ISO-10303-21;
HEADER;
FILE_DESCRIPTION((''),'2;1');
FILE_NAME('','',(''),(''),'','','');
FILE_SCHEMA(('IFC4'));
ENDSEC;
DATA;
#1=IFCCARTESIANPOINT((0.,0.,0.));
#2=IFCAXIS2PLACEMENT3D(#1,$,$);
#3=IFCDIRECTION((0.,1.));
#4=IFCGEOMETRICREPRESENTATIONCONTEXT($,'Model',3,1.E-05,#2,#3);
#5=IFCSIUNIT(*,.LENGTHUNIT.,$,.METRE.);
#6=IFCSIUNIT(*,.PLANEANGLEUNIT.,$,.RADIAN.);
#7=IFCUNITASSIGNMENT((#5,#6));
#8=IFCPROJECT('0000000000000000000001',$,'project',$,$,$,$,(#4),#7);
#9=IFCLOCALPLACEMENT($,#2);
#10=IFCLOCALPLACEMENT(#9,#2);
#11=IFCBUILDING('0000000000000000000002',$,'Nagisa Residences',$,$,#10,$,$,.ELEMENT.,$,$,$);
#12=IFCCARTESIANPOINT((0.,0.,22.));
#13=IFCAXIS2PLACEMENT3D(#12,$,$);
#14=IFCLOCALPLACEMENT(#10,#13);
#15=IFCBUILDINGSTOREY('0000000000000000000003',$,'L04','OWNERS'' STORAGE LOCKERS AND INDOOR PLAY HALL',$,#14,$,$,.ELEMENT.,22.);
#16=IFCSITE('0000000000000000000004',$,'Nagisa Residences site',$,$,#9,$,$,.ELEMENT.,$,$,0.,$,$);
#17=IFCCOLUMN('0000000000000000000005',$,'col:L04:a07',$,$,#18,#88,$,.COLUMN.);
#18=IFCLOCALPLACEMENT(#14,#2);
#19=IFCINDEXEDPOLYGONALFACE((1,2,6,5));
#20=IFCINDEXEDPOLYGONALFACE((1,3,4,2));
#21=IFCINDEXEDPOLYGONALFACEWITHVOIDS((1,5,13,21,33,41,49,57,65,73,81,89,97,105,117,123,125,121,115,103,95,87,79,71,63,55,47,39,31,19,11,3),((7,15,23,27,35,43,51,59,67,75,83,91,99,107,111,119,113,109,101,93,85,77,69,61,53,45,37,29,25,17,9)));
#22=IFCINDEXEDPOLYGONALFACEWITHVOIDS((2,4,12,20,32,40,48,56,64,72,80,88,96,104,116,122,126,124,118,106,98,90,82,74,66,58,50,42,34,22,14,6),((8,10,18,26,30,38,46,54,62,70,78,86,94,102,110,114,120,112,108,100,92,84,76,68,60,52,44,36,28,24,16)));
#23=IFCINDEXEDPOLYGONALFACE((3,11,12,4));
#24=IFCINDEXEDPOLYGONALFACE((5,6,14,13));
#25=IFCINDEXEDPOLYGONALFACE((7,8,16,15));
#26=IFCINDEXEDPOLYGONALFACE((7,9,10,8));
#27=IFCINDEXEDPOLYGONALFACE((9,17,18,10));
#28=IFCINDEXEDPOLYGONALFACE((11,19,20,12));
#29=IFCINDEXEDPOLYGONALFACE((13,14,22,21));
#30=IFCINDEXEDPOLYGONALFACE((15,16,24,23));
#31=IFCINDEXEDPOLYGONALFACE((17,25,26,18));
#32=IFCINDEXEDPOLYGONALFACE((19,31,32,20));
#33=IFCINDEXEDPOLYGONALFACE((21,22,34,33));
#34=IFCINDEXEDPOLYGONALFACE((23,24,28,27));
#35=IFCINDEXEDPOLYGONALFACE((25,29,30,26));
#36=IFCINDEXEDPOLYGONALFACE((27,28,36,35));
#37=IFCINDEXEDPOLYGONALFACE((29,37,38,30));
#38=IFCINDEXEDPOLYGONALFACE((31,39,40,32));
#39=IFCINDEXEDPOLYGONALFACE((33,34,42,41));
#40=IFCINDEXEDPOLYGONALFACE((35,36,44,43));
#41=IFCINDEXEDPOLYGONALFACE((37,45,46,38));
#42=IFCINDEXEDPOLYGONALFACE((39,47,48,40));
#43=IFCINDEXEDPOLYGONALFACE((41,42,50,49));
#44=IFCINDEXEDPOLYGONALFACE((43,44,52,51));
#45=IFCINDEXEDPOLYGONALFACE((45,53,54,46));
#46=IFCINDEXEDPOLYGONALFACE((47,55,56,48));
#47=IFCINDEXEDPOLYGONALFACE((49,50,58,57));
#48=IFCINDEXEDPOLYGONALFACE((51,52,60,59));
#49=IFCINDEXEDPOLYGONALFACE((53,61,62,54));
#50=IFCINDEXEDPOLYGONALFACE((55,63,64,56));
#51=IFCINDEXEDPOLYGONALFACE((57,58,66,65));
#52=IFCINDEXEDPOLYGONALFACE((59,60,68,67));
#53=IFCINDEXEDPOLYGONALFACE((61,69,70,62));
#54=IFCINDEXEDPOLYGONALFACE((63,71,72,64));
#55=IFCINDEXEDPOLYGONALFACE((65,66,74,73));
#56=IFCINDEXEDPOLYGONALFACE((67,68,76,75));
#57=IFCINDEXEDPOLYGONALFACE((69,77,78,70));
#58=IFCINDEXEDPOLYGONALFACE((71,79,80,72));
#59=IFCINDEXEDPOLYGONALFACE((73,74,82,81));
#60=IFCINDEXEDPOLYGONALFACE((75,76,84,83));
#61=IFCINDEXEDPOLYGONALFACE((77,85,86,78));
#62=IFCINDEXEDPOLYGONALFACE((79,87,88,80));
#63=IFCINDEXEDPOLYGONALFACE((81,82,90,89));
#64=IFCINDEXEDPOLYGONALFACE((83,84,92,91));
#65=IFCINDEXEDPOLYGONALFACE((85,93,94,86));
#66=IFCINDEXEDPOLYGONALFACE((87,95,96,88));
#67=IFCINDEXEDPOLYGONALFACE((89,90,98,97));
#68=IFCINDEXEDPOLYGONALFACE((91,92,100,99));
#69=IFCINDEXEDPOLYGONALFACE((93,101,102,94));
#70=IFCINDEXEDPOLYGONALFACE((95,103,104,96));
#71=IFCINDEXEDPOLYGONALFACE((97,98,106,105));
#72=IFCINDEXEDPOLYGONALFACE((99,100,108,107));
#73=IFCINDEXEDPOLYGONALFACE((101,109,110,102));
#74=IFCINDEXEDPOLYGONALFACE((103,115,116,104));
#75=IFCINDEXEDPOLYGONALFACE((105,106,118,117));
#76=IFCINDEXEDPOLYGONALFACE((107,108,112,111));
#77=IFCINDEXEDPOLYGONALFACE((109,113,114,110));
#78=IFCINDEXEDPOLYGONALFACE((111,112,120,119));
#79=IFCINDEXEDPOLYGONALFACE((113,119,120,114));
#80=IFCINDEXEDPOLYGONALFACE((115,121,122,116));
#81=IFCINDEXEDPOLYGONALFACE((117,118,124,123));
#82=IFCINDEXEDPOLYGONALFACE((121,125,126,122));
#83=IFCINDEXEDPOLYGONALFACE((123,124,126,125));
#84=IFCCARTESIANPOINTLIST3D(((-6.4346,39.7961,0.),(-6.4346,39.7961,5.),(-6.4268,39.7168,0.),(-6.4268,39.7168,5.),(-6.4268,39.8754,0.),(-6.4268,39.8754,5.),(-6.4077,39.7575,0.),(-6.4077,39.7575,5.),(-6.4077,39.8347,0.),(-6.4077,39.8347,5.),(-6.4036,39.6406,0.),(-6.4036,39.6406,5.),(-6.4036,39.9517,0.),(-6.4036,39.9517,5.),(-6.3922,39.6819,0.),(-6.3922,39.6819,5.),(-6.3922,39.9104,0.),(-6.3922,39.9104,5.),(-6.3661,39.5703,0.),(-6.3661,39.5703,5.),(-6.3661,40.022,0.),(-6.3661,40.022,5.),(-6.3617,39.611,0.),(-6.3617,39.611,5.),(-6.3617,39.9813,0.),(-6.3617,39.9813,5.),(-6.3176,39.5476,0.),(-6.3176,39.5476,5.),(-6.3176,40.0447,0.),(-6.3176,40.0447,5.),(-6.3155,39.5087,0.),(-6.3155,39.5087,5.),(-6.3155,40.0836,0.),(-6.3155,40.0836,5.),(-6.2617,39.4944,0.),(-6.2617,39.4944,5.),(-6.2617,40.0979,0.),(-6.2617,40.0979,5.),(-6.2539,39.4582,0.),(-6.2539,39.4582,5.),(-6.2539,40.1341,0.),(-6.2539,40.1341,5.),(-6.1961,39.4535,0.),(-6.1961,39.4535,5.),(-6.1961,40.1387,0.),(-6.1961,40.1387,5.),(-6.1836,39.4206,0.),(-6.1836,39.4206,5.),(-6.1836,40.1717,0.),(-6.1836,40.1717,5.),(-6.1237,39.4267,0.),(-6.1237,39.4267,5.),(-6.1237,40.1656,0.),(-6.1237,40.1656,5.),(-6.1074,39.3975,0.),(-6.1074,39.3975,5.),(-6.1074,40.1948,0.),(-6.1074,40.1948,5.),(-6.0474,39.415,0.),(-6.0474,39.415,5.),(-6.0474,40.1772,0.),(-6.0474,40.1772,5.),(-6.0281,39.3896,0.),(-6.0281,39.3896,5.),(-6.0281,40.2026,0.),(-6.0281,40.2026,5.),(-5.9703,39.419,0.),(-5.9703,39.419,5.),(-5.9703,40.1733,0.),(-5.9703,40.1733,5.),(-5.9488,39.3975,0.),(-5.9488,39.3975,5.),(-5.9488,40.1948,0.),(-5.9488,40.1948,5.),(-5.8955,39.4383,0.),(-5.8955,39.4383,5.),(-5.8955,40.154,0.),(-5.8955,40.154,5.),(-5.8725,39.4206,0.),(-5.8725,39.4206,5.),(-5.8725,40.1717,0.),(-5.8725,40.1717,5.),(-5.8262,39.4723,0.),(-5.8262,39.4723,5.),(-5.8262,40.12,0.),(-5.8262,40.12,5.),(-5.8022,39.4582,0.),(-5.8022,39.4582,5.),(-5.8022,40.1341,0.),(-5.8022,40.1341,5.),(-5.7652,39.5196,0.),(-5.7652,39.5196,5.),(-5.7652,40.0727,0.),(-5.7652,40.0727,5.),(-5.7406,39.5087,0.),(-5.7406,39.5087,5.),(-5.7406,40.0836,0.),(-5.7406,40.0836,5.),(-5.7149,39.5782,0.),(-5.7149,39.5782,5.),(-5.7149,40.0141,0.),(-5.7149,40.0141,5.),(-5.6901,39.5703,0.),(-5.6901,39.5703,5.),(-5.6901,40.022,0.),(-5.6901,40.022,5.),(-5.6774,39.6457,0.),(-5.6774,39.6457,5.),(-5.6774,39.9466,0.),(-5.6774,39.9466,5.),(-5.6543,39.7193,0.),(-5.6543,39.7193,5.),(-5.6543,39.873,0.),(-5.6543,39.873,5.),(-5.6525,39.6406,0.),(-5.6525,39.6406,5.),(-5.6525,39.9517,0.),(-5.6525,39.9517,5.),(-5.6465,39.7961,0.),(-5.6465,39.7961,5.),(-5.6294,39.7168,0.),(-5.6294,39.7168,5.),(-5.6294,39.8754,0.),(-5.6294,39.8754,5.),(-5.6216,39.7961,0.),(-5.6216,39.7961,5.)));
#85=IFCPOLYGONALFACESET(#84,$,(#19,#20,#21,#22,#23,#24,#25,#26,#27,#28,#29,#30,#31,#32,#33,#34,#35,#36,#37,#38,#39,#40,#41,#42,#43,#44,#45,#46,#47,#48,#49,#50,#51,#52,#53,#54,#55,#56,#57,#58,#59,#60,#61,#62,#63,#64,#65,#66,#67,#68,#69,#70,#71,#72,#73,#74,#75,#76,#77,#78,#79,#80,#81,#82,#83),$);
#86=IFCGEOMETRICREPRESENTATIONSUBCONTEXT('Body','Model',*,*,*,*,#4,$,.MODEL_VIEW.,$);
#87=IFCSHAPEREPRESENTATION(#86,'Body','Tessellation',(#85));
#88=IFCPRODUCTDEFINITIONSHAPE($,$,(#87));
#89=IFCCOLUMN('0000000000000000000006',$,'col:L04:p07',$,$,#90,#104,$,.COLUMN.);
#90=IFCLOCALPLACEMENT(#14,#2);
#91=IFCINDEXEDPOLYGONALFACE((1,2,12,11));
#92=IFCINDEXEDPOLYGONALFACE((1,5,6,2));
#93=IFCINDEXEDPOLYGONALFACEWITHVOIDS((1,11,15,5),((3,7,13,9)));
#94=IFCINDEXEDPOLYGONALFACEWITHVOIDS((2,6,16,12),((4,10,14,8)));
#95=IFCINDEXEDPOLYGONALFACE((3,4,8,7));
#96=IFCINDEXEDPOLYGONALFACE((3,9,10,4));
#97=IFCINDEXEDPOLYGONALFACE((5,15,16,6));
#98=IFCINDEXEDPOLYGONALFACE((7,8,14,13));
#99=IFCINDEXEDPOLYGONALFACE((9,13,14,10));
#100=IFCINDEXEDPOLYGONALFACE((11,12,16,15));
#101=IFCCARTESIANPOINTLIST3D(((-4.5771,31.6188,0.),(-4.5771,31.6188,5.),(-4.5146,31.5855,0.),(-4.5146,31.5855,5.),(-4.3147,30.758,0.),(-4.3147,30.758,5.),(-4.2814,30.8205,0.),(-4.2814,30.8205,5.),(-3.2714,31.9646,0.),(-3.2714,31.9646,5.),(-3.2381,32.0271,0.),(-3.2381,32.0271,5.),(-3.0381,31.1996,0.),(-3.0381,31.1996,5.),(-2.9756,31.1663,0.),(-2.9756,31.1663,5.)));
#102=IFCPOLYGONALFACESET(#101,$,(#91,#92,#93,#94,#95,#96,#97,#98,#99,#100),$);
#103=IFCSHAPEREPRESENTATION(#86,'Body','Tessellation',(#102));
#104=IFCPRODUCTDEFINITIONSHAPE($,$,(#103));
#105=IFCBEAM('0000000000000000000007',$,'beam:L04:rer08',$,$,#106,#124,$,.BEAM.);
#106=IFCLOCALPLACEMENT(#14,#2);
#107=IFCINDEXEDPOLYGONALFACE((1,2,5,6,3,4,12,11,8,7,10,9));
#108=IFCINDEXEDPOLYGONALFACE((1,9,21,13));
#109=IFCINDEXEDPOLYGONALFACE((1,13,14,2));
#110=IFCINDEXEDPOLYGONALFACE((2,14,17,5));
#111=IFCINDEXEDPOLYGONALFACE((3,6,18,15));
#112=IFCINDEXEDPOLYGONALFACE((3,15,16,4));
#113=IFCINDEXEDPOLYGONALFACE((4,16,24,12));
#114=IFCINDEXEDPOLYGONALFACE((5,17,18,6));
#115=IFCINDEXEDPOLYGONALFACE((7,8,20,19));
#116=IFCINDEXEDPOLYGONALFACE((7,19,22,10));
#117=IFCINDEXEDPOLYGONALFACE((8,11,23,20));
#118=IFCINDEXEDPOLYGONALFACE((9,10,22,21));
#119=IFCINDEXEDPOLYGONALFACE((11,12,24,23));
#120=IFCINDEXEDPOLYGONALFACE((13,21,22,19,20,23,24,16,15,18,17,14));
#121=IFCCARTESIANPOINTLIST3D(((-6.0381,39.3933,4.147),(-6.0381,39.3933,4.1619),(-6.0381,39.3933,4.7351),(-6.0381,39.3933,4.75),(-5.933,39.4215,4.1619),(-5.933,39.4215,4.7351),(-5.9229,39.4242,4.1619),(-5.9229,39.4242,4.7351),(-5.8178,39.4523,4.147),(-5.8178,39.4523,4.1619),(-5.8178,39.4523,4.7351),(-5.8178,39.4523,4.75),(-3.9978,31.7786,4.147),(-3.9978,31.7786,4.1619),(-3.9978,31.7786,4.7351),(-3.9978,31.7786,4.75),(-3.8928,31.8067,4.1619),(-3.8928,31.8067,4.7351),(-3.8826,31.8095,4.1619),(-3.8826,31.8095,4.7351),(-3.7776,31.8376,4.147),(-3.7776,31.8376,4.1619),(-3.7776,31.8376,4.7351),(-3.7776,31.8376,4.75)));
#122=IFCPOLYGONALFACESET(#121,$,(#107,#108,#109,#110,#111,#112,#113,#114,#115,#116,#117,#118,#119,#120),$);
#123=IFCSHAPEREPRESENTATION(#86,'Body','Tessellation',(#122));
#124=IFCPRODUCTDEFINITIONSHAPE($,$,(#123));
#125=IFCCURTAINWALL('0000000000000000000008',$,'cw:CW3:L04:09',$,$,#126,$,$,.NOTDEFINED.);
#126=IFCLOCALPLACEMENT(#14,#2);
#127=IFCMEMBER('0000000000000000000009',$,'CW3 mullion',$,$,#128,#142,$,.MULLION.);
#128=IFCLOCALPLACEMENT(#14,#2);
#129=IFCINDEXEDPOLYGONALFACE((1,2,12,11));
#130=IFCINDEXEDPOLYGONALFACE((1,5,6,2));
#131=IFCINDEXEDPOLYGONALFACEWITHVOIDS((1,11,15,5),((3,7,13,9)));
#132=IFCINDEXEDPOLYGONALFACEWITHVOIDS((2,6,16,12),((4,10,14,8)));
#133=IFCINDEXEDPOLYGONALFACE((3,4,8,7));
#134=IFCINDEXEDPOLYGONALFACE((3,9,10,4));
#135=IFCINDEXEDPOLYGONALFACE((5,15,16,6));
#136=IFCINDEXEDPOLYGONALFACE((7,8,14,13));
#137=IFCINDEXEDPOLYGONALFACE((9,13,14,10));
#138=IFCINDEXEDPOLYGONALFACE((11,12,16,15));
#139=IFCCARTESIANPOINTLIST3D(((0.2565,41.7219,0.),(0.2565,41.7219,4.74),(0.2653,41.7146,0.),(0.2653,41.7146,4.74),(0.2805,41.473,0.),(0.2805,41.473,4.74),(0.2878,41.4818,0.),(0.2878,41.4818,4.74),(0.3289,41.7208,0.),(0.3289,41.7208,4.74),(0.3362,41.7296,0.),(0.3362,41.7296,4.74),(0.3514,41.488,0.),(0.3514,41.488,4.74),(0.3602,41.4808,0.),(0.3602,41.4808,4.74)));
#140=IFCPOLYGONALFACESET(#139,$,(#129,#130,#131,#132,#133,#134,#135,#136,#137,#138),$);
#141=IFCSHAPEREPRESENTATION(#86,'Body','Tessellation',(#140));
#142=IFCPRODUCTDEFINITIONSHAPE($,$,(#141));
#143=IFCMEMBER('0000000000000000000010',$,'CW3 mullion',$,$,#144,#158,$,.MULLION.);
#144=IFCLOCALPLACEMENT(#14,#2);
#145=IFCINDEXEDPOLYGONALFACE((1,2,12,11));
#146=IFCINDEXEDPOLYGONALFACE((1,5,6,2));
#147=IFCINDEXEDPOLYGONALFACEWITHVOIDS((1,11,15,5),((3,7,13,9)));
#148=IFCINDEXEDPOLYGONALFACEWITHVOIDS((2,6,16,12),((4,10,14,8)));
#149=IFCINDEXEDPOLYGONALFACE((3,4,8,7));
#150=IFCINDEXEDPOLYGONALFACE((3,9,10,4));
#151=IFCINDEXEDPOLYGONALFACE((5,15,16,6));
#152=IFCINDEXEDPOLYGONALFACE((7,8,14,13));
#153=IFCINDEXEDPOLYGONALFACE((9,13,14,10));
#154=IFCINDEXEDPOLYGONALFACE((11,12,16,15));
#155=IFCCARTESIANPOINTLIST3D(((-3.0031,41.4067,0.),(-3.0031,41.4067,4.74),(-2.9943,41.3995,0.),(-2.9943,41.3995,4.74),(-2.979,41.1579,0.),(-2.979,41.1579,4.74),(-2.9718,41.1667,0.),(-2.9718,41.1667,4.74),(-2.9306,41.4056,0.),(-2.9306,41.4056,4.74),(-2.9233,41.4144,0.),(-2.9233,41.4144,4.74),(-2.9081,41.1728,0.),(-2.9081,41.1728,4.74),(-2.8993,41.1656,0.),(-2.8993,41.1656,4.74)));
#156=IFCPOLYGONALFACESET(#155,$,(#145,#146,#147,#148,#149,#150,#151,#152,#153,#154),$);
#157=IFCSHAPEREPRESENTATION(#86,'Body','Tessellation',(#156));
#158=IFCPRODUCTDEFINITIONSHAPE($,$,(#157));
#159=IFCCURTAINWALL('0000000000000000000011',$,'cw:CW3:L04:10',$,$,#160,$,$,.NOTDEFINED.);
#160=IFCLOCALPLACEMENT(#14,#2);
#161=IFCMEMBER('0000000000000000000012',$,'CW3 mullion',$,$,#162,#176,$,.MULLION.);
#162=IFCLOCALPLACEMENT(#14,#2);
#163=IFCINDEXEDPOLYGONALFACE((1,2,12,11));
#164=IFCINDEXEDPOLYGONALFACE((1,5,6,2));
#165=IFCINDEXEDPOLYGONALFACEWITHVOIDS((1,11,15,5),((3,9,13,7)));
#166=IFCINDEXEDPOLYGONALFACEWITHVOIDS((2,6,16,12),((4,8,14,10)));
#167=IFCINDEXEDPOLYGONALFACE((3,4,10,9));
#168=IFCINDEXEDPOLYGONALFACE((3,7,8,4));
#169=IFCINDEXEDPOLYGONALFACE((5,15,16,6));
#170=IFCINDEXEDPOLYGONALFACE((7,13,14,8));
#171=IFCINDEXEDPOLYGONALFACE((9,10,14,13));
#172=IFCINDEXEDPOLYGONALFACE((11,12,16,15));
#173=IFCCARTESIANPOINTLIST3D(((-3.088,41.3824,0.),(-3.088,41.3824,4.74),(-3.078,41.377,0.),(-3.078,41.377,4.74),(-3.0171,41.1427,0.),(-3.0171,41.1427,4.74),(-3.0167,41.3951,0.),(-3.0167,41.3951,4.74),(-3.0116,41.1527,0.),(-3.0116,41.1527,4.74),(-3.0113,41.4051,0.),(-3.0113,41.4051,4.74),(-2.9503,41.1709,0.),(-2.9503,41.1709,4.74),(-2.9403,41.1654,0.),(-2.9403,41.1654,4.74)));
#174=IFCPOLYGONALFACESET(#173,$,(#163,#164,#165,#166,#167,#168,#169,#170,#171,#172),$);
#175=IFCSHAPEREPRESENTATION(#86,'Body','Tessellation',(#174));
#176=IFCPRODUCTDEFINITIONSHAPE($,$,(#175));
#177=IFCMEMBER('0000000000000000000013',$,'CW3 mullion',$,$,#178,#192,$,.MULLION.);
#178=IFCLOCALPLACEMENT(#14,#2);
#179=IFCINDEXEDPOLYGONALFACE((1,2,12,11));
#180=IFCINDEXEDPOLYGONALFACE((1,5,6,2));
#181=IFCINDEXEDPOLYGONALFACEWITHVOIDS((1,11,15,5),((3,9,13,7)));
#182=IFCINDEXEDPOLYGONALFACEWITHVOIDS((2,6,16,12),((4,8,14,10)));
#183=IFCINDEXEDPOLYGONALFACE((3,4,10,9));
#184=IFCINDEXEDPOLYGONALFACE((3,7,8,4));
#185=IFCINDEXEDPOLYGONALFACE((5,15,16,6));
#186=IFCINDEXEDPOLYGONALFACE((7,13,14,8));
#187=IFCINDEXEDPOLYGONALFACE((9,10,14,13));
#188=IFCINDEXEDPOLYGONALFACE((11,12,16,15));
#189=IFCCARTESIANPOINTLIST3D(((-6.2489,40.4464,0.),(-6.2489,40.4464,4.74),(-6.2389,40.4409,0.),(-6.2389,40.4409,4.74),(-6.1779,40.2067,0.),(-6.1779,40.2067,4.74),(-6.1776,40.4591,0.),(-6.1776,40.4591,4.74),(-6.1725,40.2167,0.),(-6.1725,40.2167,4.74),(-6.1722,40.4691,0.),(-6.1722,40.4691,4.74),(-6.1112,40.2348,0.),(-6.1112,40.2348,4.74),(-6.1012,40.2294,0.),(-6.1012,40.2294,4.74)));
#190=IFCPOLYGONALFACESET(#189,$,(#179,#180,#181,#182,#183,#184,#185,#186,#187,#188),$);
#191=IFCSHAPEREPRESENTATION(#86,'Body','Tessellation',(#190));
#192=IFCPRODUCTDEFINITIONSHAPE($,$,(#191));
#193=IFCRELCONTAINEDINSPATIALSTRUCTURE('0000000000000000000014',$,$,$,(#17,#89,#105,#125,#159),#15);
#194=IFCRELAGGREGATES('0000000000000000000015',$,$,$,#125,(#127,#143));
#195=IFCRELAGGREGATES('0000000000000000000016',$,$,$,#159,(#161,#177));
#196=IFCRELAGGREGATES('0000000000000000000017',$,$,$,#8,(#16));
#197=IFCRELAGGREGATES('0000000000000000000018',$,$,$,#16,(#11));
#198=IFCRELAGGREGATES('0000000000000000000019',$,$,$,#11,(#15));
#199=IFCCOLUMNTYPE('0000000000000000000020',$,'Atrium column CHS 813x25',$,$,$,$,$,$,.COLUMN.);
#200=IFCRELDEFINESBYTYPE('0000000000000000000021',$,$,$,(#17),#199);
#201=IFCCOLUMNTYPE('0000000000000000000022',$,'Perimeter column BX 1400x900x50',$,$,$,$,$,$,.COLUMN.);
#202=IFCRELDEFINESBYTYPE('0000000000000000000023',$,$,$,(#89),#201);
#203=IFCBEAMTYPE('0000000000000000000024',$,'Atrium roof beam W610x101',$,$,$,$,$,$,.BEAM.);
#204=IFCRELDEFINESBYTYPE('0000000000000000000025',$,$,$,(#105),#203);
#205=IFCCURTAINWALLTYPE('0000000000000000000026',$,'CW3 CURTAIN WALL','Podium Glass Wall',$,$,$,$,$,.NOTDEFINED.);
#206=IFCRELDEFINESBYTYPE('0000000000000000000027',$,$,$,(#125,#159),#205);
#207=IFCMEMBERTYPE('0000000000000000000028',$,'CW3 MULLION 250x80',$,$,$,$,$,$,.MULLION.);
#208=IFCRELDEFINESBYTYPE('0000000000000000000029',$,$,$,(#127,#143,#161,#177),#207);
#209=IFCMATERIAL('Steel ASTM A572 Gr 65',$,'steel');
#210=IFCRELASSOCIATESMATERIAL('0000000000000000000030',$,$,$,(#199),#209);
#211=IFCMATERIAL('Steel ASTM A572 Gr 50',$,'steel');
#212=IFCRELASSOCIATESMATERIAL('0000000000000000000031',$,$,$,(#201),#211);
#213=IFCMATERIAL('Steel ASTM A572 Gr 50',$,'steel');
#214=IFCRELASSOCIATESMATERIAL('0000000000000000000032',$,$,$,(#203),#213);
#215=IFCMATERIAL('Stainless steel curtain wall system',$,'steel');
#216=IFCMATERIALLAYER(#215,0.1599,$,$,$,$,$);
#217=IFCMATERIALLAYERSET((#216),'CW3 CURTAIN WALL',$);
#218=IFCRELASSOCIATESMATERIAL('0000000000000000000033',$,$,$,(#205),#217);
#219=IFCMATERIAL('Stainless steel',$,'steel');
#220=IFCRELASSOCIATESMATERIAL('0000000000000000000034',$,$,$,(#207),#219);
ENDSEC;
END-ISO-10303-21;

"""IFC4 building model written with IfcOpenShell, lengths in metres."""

from ifc_helpers import new_model, si_unit, direction, frame, origin, origin_2d, place, context, subcontext, project, spatial, hollow_rectangle, hollow_circle, i_section, extrude, material, layer, layer_set, material_profile, profile_set, type_object, element, aggregate, save


model = new_model("IFC4")

# Units and contexts
model_context = context("Model", 3, precision=1e-05, world=origin(), true_north=direction((0.0, 1.0)))
body_context = subcontext(model_context, "Body", "Model", "MODEL_VIEW")
ifc_project = project(units=[si_unit("LENGTHUNIT", "METRE"), si_unit("PLANEANGLEUNIT", "RADIAN")], contexts=[model_context])

# Site, building, storey
site_placement = place(None, origin())
site = spatial("IfcSite", under=ifc_project, at=site_placement, Name="Nagisa Residences site", CompositionType="ELEMENT", RefElevation=0.0)
building_placement = place(site_placement, origin())
building = spatial("IfcBuilding", under=site, at=building_placement, Name="Nagisa Residences", CompositionType="ELEMENT")
storey_placement = place(building_placement, frame((0.0, 0.0, 22.0)))
storey = spatial("IfcBuildingStorey", under=building, at=storey_placement, Name="L04", Description="OWNERS' STORAGE LOCKERS AND INDOOR PLAY HALL", CompositionType="ELEMENT", Elevation=22.0)

# Columns
ifc_material_1 = material(Name="Steel ASTM A572 Gr 65", Category="steel")
ifc_material_profile_1 = material_profile(ifc_material_1, hollow_circle(Radius=0.4065, WallThickness=0.0249, at=origin_2d()), Name="CHS 813x25")
ifc_profile_set_1 = profile_set([ifc_material_profile_1], Name="Steel ASTM A572 Gr 65")
column_type_1 = type_object("IfcColumnType", Name="Atrium column CHS 813x25", PredefinedType="COLUMN", material=ifc_profile_set_1)
column_1_placement = place(storey_placement, frame((-6.0281, 39.7961, 0.0), z_axis=(0.0, 0.0, 1.0), x_axis=(1.0, 0.0, 0.0)))
element("IfcColumn", 1, at=column_1_placement, inside=storey, type_object=column_type_1, Name="col:L04:a07", PredefinedType="COLUMN", context=body_context, shape_type="SweptSolid", body=[
    extrude(hollow_circle(Radius=0.4065, WallThickness=0.0249, at=origin_2d()), origin(), (0.0, 0.0, 1.0), 5.0),
])
ifc_material_2 = material(Name="Steel ASTM A572 Gr 50", Category="steel")
ifc_material_profile_2 = material_profile(ifc_material_2, hollow_rectangle(XDim=1.3999, YDim=0.8999, WallThickness=0.05, at=origin_2d()), Name="BX 1400x900x50")
ifc_profile_set_2 = profile_set([ifc_material_profile_2], Name="Steel ASTM A572 Gr 50")
column_type_2 = type_object("IfcColumnType", Name="Perimeter column BX 1400x900x50", PredefinedType="COLUMN", material=ifc_profile_set_2)
column_2_placement = place(storey_placement, frame((-3.7764, 31.3926, 0.0), z_axis=(0.0, 0.0, 1.0), x_axis=(-0.956525, -0.291652, 0.0)))
element("IfcColumn", 2, at=column_2_placement, inside=storey, type_object=column_type_2, Name="col:L04:p07", PredefinedType="COLUMN", context=body_context, shape_type="SweptSolid", body=[
    extrude(hollow_rectangle(XDim=1.3999, YDim=0.8999, WallThickness=0.05, at=origin_2d()), origin(), (0.0, 0.0, 1.0), 5.0),
])

# Beam
ifc_material_3 = material(Name="Steel ASTM A572 Gr 50", Category="steel")
ifc_material_profile_3 = material_profile(ifc_material_3, i_section(OverallWidth=0.228, OverallDepth=0.603, WebThickness=0.0105, FlangeThickness=0.0149, at=origin_2d()), Name="W610x101")
ifc_profile_set_3 = profile_set([ifc_material_profile_3], Name="Steel ASTM A572 Gr 50")
beam_type_1 = type_object("IfcBeamType", Name="Atrium roof beam W610x101", PredefinedType="BEAM", material=ifc_profile_set_3)
beam_1_placement = place(storey_placement, frame((-3.8877, 31.8081, 4.4485), z_axis=(-0.258809, 0.965928, 0.0), x_axis=(-0.965928, -0.258809, 0.0)))
element("IfcBeam", 3, at=beam_1_placement, inside=storey, type_object=beam_type_1, Name="beam:L04:rer08", PredefinedType="BEAM", context=body_context, shape_type="SweptSolid", body=[
    extrude(i_section(OverallWidth=0.228, OverallDepth=0.603, WebThickness=0.0105, FlangeThickness=0.0149, at=origin_2d()), origin(), (0.0, 0.0, 1.0), 7.8833),
])

# Curtain walls, members
ifc_material_4 = material(Name="Stainless steel curtain wall system", Category="steel")
ifc_layer_1 = layer(ifc_material_4, 0.1599)
ifc_layer_set_1 = layer_set([ifc_layer_1], Name="CW3 CURTAIN WALL")
curtain_wall_type_1 = type_object("IfcCurtainWallType", Name="CW3 CURTAIN WALL", Description="Podium Glass Wall", PredefinedType="NOTDEFINED", material=ifc_layer_set_1)
curtain_wall_1_placement = place(storey_placement, origin())
curtain_wall_1 = element("IfcCurtainWall", 4, at=curtain_wall_1_placement, inside=storey, type_object=curtain_wall_type_1, Name="cw:CW3:L04:09", PredefinedType="NOTDEFINED")
ifc_material_5 = material(Name="Stainless steel", Category="steel")
ifc_material_profile_4 = material_profile(ifc_material_5, hollow_rectangle(XDim=0.25, YDim=0.0801, WallThickness=0.0081, at=origin_2d()), Name="CW3 MULLION 250x80")
ifc_profile_set_4 = profile_set([ifc_material_profile_4], Name="Stainless steel")
member_type_1 = type_object("IfcMemberType", Name="CW3 MULLION 250x80", PredefinedType="MULLION", material=ifc_profile_set_4)
member_1_placement = place(storey_placement, frame((0.3083, 41.6013, 0.0), z_axis=(0.0, 0.0, 1.0), x_axis=(0.096249, -0.995357, 0.0)))
member_1 = element("IfcMember", 5, at=member_1_placement, type_object=member_type_1, Name="CW3 mullion", PredefinedType="MULLION", context=body_context, shape_type="SweptSolid", body=[
    extrude(hollow_rectangle(XDim=0.25, YDim=0.0801, WallThickness=0.0081, at=origin_2d()), origin(), (0.0, 0.0, 1.0), 4.74),
])
member_2_placement = place(storey_placement, frame((-2.9512, 41.2861, 0.0), z_axis=(0.0, 0.0, 1.0), x_axis=(0.096249, -0.995357, 0.0)))
member_2 = element("IfcMember", 6, at=member_2_placement, type_object=member_type_1, Name="CW3 mullion", PredefinedType="MULLION", context=body_context, shape_type="SweptSolid", body=[
    extrude(hollow_rectangle(XDim=0.25, YDim=0.0801, WallThickness=0.0081, at=origin_2d()), origin(), (0.0, 0.0, 1.0), 4.74),
])
curtain_wall_2_placement = place(storey_placement, origin())
curtain_wall_2 = element("IfcCurtainWall", 7, at=curtain_wall_2_placement, inside=storey, type_object=curtain_wall_type_1, Name="cw:CW3:L04:10", PredefinedType="NOTDEFINED")
member_3_placement = place(storey_placement, frame((-3.0142, 41.2739, 0.0), z_axis=(0.0, 0.0, 1.0), x_axis=(0.283963, -0.958835, 0.0)))
member_3 = element("IfcMember", 8, at=member_3_placement, type_object=member_type_1, Name="CW3 mullion", PredefinedType="MULLION", context=body_context, shape_type="SweptSolid", body=[
    extrude(hollow_rectangle(XDim=0.25, YDim=0.0801, WallThickness=0.0081, at=origin_2d()), origin(), (0.0, 0.0, 1.0), 4.74),
])
member_4_placement = place(storey_placement, frame((-6.175, 40.3379, 0.0), z_axis=(0.0, 0.0, 1.0), x_axis=(0.283963, -0.958835, 0.0)))
member_4 = element("IfcMember", 9, at=member_4_placement, type_object=member_type_1, Name="CW3 mullion", PredefinedType="MULLION", context=body_context, shape_type="SweptSolid", body=[
    extrude(hollow_rectangle(XDim=0.25, YDim=0.0801, WallThickness=0.0081, at=origin_2d()), origin(), (0.0, 0.0, 1.0), 4.74),
])

aggregate(curtain_wall_1, [member_1, member_2])
aggregate(curtain_wall_2, [member_3, member_4])

save(model, "model.ifc")
